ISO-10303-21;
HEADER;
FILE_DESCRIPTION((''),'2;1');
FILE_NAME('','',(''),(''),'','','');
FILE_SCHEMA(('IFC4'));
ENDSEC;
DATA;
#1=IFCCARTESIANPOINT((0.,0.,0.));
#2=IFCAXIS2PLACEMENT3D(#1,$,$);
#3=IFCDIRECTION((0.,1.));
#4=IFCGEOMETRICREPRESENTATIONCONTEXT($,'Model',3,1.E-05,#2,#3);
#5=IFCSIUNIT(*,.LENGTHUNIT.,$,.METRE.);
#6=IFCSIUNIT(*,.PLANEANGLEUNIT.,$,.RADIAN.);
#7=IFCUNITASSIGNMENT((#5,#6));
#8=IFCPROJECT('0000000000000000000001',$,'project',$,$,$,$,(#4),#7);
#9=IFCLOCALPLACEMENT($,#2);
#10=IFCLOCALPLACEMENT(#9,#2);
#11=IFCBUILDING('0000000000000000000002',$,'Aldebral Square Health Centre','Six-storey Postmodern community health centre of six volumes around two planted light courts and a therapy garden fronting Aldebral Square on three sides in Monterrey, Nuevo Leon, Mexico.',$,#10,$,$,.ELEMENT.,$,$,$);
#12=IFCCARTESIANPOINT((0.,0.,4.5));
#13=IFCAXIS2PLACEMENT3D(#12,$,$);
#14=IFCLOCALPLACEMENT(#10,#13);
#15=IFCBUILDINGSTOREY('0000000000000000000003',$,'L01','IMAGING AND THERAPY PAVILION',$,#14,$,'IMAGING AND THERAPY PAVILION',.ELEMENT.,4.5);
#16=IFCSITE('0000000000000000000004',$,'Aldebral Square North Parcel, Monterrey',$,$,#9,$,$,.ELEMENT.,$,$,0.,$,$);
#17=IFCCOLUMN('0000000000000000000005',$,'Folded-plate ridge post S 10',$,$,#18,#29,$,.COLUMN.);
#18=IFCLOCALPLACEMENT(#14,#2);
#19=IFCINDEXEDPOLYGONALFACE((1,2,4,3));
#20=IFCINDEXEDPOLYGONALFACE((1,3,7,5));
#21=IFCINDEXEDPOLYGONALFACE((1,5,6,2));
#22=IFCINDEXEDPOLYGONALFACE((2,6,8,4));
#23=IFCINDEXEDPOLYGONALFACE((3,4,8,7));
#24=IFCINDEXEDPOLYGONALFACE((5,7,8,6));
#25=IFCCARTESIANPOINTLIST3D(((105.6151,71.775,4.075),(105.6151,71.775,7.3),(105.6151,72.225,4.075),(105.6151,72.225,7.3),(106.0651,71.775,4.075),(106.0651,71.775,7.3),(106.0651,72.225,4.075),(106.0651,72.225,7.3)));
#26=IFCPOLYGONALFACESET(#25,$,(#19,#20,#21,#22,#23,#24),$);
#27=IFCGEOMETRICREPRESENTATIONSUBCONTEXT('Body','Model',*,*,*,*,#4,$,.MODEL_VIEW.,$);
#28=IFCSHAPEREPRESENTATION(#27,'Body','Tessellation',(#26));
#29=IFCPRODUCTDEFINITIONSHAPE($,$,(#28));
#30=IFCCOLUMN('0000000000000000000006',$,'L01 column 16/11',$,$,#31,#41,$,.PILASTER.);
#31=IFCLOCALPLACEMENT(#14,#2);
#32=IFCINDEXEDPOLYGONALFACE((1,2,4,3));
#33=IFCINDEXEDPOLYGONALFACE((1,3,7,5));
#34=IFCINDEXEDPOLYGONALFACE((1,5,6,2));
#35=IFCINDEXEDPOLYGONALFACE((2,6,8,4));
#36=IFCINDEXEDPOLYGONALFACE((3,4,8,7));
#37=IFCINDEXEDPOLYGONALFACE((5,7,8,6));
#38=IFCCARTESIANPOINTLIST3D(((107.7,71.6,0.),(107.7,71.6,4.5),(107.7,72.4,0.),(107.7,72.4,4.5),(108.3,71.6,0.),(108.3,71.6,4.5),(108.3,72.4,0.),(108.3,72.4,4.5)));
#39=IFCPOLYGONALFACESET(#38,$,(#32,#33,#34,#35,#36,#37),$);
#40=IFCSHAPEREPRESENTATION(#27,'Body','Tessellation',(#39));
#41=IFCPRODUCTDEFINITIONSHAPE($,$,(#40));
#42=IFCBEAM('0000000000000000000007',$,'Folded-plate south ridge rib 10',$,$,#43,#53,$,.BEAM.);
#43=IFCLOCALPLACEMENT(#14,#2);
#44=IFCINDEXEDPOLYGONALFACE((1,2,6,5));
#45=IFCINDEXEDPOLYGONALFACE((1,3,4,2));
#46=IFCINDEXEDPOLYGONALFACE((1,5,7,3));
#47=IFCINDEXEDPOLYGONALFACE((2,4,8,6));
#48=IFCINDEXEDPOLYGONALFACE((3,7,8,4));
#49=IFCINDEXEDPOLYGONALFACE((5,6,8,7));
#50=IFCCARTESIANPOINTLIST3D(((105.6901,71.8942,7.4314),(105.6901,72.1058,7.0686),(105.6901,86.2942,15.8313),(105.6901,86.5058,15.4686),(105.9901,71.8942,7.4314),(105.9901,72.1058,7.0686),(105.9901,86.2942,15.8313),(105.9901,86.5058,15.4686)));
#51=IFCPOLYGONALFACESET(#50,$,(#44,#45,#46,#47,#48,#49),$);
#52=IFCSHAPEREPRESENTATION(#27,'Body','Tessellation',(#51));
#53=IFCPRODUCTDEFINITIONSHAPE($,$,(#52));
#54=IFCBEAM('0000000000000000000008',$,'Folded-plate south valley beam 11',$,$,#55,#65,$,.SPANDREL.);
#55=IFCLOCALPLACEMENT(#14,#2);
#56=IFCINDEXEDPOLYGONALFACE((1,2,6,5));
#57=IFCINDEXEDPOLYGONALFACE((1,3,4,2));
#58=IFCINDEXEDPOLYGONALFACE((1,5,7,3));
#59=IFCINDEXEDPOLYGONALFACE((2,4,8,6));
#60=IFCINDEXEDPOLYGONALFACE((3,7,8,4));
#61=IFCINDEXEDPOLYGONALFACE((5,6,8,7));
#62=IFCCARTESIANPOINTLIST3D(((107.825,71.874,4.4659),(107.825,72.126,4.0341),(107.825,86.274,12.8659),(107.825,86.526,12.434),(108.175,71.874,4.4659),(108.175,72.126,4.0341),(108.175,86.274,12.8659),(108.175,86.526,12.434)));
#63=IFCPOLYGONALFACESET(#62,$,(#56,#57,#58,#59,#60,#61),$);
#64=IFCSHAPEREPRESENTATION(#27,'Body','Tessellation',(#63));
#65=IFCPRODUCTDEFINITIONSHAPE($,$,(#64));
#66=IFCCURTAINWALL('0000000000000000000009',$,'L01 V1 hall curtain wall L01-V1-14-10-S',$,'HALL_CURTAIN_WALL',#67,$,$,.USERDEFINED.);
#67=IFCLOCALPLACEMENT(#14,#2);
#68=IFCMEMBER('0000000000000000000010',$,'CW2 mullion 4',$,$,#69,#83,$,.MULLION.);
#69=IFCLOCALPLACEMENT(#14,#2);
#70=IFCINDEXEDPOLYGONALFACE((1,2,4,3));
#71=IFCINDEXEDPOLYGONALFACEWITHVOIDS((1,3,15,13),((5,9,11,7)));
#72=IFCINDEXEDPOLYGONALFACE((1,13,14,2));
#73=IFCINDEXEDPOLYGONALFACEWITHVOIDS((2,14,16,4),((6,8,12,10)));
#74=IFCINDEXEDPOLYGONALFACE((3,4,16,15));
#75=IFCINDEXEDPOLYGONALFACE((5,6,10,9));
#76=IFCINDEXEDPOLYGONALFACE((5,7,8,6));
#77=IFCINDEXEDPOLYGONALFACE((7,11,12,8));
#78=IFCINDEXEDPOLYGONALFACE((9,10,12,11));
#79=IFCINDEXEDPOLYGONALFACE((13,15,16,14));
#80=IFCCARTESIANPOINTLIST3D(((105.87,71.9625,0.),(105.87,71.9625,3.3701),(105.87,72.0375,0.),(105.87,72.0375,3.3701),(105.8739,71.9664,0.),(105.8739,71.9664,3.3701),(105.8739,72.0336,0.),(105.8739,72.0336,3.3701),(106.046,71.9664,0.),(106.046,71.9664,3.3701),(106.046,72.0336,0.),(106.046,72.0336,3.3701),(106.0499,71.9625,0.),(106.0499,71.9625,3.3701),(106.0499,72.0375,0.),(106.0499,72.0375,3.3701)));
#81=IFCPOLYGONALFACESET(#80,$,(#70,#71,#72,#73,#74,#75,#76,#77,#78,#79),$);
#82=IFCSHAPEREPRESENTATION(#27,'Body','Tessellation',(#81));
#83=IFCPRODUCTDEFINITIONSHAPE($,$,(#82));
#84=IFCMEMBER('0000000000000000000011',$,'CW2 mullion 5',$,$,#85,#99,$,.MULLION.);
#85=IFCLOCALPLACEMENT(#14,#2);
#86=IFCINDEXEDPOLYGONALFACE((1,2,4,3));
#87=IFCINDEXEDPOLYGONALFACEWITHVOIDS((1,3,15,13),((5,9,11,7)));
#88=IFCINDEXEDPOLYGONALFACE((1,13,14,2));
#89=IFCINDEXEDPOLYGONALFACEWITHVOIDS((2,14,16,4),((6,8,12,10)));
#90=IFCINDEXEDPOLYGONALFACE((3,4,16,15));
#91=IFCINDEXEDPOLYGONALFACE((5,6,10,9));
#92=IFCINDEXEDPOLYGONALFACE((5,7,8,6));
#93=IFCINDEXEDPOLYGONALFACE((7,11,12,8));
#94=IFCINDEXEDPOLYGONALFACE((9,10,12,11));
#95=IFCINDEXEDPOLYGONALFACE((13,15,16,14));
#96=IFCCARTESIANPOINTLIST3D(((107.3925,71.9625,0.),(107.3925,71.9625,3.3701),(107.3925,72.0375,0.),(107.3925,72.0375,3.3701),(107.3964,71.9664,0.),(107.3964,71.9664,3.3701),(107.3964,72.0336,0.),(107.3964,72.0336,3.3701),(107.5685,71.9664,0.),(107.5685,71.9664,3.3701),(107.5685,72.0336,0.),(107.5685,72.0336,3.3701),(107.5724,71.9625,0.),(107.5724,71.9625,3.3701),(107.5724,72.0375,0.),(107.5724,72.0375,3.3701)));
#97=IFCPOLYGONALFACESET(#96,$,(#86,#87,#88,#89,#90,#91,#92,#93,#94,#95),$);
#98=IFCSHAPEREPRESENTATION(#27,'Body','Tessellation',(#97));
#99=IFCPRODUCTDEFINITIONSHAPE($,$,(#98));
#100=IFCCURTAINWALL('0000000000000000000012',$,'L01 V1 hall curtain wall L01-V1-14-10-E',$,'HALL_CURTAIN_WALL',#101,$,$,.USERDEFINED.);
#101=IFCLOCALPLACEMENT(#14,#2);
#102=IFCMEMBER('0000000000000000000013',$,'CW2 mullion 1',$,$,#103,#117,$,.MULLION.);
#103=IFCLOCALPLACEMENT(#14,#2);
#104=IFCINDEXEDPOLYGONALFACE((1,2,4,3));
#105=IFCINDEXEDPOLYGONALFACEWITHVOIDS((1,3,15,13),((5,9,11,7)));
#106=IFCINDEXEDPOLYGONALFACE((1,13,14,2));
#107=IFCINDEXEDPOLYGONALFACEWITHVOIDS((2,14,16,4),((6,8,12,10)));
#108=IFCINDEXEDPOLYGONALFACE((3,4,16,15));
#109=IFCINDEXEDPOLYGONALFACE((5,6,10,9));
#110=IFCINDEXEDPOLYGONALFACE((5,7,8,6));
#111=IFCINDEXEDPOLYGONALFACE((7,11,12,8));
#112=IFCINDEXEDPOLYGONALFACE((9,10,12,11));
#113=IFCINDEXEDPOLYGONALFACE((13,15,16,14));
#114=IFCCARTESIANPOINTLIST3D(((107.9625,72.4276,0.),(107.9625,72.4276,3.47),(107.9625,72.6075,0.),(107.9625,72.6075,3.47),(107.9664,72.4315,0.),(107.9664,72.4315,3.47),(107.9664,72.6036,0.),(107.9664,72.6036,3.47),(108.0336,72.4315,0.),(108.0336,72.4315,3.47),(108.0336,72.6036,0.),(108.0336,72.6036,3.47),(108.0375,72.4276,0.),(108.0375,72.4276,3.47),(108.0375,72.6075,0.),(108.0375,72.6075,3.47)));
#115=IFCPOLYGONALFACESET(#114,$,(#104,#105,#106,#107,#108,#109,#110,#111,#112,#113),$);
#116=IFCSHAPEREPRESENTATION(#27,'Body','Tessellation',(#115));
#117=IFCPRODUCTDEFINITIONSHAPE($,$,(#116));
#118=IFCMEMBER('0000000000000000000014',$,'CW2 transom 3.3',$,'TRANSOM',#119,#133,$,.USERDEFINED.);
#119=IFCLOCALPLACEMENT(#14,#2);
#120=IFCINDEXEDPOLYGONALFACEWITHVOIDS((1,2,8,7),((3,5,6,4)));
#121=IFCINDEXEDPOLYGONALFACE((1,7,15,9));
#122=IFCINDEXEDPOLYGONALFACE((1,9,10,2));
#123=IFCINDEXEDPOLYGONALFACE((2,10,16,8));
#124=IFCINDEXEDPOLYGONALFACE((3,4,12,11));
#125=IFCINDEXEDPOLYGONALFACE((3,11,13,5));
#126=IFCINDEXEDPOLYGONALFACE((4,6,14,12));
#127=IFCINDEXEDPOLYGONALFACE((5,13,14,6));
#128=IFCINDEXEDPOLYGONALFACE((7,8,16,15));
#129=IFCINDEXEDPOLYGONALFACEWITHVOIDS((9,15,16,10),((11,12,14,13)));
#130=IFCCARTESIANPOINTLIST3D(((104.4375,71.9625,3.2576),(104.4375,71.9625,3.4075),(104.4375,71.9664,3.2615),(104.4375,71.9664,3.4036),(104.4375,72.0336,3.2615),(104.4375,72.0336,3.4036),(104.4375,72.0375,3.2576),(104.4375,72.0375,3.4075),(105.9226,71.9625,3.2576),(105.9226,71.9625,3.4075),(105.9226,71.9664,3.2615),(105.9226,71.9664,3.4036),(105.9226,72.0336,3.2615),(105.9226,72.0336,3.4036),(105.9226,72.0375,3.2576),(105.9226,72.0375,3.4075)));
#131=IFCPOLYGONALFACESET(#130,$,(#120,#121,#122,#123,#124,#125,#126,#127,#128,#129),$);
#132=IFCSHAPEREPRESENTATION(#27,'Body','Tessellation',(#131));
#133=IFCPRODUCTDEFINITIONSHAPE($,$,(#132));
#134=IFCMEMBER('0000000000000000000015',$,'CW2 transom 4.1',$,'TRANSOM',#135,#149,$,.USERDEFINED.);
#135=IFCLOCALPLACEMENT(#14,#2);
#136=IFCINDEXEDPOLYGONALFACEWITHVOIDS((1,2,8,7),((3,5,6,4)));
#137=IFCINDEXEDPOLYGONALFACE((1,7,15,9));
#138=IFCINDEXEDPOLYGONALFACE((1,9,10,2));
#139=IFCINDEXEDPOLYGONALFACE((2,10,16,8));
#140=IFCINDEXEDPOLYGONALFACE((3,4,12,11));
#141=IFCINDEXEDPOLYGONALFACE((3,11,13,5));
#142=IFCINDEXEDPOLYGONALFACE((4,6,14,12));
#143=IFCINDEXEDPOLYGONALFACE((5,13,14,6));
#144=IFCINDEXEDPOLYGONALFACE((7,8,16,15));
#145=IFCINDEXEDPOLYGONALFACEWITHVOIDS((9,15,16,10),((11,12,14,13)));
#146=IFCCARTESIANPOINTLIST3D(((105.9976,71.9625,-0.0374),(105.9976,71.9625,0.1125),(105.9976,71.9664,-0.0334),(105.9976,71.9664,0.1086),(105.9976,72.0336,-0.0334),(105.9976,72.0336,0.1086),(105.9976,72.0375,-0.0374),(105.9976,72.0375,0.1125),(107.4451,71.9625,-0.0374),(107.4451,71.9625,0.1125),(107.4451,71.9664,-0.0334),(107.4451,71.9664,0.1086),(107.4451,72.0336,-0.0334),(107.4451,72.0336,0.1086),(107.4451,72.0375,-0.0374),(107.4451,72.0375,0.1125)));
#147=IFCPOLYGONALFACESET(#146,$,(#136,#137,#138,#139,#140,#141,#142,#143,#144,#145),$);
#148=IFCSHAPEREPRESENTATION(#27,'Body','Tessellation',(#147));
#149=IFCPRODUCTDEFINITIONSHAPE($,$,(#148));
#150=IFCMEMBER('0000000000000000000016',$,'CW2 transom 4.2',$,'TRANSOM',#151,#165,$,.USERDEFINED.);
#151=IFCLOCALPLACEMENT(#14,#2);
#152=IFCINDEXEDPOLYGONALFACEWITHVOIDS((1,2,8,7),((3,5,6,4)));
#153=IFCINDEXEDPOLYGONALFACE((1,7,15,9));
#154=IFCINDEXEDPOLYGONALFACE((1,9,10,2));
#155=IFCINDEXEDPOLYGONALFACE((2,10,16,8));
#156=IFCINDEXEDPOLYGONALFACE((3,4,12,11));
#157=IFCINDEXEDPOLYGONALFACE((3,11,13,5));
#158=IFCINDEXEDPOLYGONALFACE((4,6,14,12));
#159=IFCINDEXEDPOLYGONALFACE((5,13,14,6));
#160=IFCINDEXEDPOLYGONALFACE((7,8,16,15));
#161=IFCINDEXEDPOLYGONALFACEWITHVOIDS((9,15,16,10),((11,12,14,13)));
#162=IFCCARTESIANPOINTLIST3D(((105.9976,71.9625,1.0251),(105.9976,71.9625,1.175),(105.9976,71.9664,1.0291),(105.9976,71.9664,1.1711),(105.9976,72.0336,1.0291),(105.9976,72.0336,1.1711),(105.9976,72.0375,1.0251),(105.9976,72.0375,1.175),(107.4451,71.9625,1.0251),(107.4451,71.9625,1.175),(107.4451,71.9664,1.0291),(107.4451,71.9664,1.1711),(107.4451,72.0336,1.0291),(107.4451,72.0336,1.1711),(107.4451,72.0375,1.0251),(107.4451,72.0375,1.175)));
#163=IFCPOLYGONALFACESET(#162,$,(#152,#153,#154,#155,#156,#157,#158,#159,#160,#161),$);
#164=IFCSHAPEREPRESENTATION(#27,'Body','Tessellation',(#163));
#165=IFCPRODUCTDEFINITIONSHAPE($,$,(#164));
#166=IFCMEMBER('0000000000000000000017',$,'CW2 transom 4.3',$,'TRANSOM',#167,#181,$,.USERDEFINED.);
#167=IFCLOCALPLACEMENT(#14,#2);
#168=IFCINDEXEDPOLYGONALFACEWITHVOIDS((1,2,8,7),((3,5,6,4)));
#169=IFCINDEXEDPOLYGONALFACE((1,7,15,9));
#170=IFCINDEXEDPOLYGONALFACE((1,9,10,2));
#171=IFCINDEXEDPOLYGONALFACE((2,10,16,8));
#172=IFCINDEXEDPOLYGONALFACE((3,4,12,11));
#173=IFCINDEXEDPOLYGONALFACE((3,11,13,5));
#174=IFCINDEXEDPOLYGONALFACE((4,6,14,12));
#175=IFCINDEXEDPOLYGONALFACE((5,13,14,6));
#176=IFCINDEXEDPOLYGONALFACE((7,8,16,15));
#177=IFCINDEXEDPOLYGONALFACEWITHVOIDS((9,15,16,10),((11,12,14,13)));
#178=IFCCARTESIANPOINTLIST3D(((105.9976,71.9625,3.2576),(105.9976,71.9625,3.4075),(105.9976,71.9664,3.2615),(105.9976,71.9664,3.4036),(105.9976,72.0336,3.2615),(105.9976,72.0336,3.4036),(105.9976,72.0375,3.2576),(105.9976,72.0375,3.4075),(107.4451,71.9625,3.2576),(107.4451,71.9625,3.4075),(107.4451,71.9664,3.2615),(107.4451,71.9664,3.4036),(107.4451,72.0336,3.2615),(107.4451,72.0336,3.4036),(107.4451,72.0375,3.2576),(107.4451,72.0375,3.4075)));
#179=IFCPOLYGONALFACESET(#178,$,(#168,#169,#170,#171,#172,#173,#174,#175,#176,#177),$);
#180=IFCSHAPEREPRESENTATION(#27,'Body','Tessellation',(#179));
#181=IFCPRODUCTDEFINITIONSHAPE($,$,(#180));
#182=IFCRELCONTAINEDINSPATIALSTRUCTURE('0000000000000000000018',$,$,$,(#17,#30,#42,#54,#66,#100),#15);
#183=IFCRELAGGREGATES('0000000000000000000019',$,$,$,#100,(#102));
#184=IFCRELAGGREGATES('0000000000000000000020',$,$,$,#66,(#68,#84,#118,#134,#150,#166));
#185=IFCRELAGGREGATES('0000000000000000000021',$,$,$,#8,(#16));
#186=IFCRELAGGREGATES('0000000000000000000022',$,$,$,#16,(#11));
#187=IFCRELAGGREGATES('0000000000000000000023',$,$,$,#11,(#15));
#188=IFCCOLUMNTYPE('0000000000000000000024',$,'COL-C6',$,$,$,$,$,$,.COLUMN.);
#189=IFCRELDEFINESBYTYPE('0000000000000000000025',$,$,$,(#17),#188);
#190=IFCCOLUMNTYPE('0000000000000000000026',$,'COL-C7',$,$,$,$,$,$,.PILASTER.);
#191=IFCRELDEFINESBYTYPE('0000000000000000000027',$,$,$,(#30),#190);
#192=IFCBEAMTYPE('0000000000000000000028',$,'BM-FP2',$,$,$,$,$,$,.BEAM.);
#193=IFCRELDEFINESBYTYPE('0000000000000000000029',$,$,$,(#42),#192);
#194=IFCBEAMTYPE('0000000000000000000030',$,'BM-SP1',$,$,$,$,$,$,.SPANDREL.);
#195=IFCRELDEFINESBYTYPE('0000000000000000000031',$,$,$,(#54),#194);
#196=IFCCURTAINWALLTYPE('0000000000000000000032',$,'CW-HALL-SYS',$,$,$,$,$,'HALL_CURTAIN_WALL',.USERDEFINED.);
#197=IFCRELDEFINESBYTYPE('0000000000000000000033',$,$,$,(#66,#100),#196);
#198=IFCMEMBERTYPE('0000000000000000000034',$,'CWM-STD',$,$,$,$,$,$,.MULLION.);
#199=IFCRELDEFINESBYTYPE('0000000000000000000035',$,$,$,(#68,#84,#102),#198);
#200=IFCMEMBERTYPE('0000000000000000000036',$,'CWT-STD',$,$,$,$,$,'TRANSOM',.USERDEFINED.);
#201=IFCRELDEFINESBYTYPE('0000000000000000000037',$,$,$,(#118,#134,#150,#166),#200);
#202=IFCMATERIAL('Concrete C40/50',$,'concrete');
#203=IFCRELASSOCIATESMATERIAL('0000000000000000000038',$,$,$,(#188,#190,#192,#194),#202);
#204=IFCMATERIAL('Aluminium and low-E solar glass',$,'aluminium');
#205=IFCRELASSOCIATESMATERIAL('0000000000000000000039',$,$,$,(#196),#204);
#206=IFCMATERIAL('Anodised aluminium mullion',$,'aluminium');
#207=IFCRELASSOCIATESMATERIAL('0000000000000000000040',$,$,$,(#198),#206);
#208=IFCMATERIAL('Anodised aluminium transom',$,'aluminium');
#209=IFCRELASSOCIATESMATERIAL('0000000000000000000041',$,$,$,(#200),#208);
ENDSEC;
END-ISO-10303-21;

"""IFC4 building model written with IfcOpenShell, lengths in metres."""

from ifc_helpers import new_model, si_unit, direction, frame, origin, origin_2d, place, context, subcontext, project, spatial, rectangle, hollow_rectangle, extrude, material, material_profile, profile_set, type_object, element, aggregate, save


model = new_model("IFC4")

# Units and contexts
model_context = context("Model", 3, precision=1e-05, world=origin(), true_north=direction((0.0, 1.0)))
body_context = subcontext(model_context, "Body", "Model", "MODEL_VIEW")
ifc_project = project(units=[si_unit("LENGTHUNIT", "METRE"), si_unit("PLANEANGLEUNIT", "RADIAN")], contexts=[model_context])

# Site, building, storey
site_placement = place(None, origin())
site = spatial("IfcSite", under=ifc_project, at=site_placement, Name="Aldebral Square North Parcel, Monterrey", CompositionType="ELEMENT", RefElevation=0.0)
building_placement = place(site_placement, origin())
building = spatial("IfcBuilding", under=site, at=building_placement, Name="Aldebral Square Health Centre", Description="Six-storey Postmodern community health centre of six volumes around two planted light courts and a therapy garden fronting Aldebral Square on three sides in Monterrey, Nuevo Leon, Mexico.", CompositionType="ELEMENT")
storey_placement = place(building_placement, frame((0.0, 0.0, 4.5)))
storey = spatial("IfcBuildingStorey", under=building, at=storey_placement, Name="L01", Description="IMAGING AND THERAPY PAVILION", LongName="IMAGING AND THERAPY PAVILION", CompositionType="ELEMENT", Elevation=4.5)

# Columns
ifc_material_1 = material(Name="Concrete C40/50", Category="concrete")
ifc_material_profile_1 = material_profile(ifc_material_1, rectangle(XDim=0.45, YDim=0.45, at=origin_2d()), Name="RC 450x450")
ifc_profile_set_1 = profile_set([ifc_material_profile_1], Name="Concrete C40/50")
column_type_1 = type_object("IfcColumnType", Name="COL-C6", PredefinedType="COLUMN", material=ifc_profile_set_1)
column_1_placement = place(storey_placement, frame((105.8401, 72.0, 4.075), z_axis=(0.0, 0.0, 1.0), x_axis=(1.0, 0.0, 0.0)))
element("IfcColumn", 1, at=column_1_placement, inside=storey, type_object=column_type_1, Name="Folded-plate ridge post S 10", PredefinedType="COLUMN", context=body_context, shape_type="SweptSolid", body=[
    extrude(rectangle(XDim=0.45, YDim=0.45, at=origin_2d()), origin(), (0.0, 0.0, 1.0), 3.2251),
])
ifc_material_profile_2 = material_profile(ifc_material_1, rectangle(XDim=0.6001, YDim=0.8, at=origin_2d()), Name="RC 600x800")
ifc_profile_set_2 = profile_set([ifc_material_profile_2], Name="Concrete C40/50")
column_type_2 = type_object("IfcColumnType", Name="COL-C7", PredefinedType="PILASTER", material=ifc_profile_set_2)
column_2_placement = place(storey_placement, frame((108.0, 72.0, 0.0), z_axis=(0.0, 0.0, 1.0), x_axis=(1.0, 0.0, 0.0)))
element("IfcColumn", 2, at=column_2_placement, inside=storey, type_object=column_type_2, Name="L01 column 16/11", PredefinedType="PILASTER", context=body_context, shape_type="SweptSolid", body=[
    extrude(rectangle(XDim=0.6001, YDim=0.8, at=origin_2d()), origin(), (0.0, 0.0, 1.0), 4.5),
])

# Beams
ifc_material_profile_3 = material_profile(ifc_material_1, rectangle(XDim=0.3, YDim=0.4199, at=origin_2d()), Name="RC 300x420")
ifc_profile_set_3 = profile_set([ifc_material_profile_3], Name="Concrete C40/50")
beam_type_1 = type_object("IfcBeamType", Name="BM-FP2", PredefinedType="BEAM", material=ifc_profile_set_3)
beam_1_placement = place(storey_placement, frame((105.8401, 72.0, 7.25), z_axis=(0.0, 0.86378, 0.503869), x_axis=(-1.0, 0.0, 0.0)))
element("IfcBeam", 3, at=beam_1_placement, inside=storey, type_object=beam_type_1, Name="Folded-plate south ridge rib 10", PredefinedType="BEAM", context=body_context, shape_type="SweptSolid", body=[
    extrude(rectangle(XDim=0.3, YDim=0.4199, at=origin_2d()), origin(), (0.0, 0.0, 1.0), 16.6709),
])
ifc_material_profile_4 = material_profile(ifc_material_1, rectangle(XDim=0.3501, YDim=0.5, at=origin_2d()), Name="RC 350x500")
ifc_profile_set_4 = profile_set([ifc_material_profile_4], Name="Concrete C40/50")
beam_type_2 = type_object("IfcBeamType", Name="BM-SP1", PredefinedType="SPANDREL", material=ifc_profile_set_4)
beam_2_placement = place(storey_placement, frame((108.0, 72.0, 4.25), z_axis=(0.0, 0.86378, 0.503869), x_axis=(-1.0, 0.0, 0.0)))
element("IfcBeam", 4, at=beam_2_placement, inside=storey, type_object=beam_type_2, Name="Folded-plate south valley beam 11", PredefinedType="SPANDREL", context=body_context, shape_type="SweptSolid", body=[
    extrude(rectangle(XDim=0.3501, YDim=0.5, at=origin_2d()), origin(), (0.0, 0.0, 1.0), 16.6709),
])

# Curtain wall, members
ifc_material_2 = material(Name="Aluminium and low-E solar glass", Category="aluminium")
curtain_wall_type = type_object("IfcCurtainWallType", Name="CW-HALL-SYS", ElementType="HALL_CURTAIN_WALL", PredefinedType="USERDEFINED", material=ifc_material_2)
curtain_wall_1_placement = place(storey_placement, origin())
curtain_wall_1 = element("IfcCurtainWall", 5, at=curtain_wall_1_placement, inside=storey, type_object=curtain_wall_type, Name="L01 V1 hall curtain wall L01-V1-14-10-S", ObjectType="HALL_CURTAIN_WALL", PredefinedType="USERDEFINED")
ifc_material_3 = material(Name="Anodised aluminium mullion", Category="aluminium")
ifc_material_profile_5 = material_profile(ifc_material_3, hollow_rectangle(XDim=0.075, YDim=0.1799, WallThickness=0.0039, at=origin_2d()), Name="CWM 75x180x4")
ifc_profile_set_5 = profile_set([ifc_material_profile_5], Name="Anodised aluminium mullion")
member_type_1 = type_object("IfcMemberType", Name="CWM-STD", PredefinedType="MULLION", material=ifc_profile_set_5)
member_1_placement = place(storey_placement, frame((105.96, 72.0, 0.0), z_axis=(0.0, 0.0, 1.0), x_axis=(0.0, 1.0, 0.0)))
member_1 = element("IfcMember", 6, at=member_1_placement, type_object=member_type_1, Name="CW2 mullion 4", PredefinedType="MULLION", context=body_context, shape_type="SweptSolid", body=[
    extrude(hollow_rectangle(XDim=0.075, YDim=0.1799, WallThickness=0.0039, at=origin_2d()), origin(), (0.0, 0.0, 1.0), 3.3701),
])
member_2_placement = place(storey_placement, frame((107.4824, 72.0, 0.0), z_axis=(0.0, 0.0, 1.0), x_axis=(0.0, 1.0, 0.0)))
member_2 = element("IfcMember", 7, at=member_2_placement, type_object=member_type_1, Name="CW2 mullion 5", PredefinedType="MULLION", context=body_context, shape_type="SweptSolid", body=[
    extrude(hollow_rectangle(XDim=0.075, YDim=0.1799, WallThickness=0.0039, at=origin_2d()), origin(), (0.0, 0.0, 1.0), 3.3701),
])

# Curtain wall, member
curtain_wall_2_placement = place(storey_placement, origin())
curtain_wall_2 = element("IfcCurtainWall", 8, at=curtain_wall_2_placement, inside=storey, type_object=curtain_wall_type, Name="L01 V1 hall curtain wall L01-V1-14-10-E", ObjectType="HALL_CURTAIN_WALL", PredefinedType="USERDEFINED")
member_3_placement = place(storey_placement, frame((108.0, 72.5176, 0.0), z_axis=(0.0, 0.0, 1.0), x_axis=(-1.0, 0.0, 0.0)))
member_3 = element("IfcMember", 9, at=member_3_placement, type_object=member_type_1, Name="CW2 mullion 1", PredefinedType="MULLION", context=body_context, shape_type="SweptSolid", body=[
    extrude(hollow_rectangle(XDim=0.075, YDim=0.1799, WallThickness=0.0039, at=origin_2d()), origin(), (0.0, 0.0, 1.0), 3.47),
])

# Members
ifc_material_4 = material(Name="Anodised aluminium transom", Category="aluminium")
ifc_material_profile_6 = material_profile(ifc_material_4, hollow_rectangle(XDim=0.075, YDim=0.1499, WallThickness=0.0039, at=origin_2d()), Name="CWT 75x150x4")
ifc_profile_set_6 = profile_set([ifc_material_profile_6], Name="Anodised aluminium transom")
member_type_2 = type_object("IfcMemberType", Name="CWT-STD", ElementType="TRANSOM", PredefinedType="USERDEFINED", material=ifc_profile_set_6)
member_4_placement = place(storey_placement, frame((104.4375, 72.0, 3.3325), z_axis=(1.0, 0.0, 0.0), x_axis=(0.0, 1.0, 0.0)))
member_4 = element("IfcMember", 10, at=member_4_placement, type_object=member_type_2, Name="CW2 transom 3.3", ObjectType="TRANSOM", PredefinedType="USERDEFINED", context=body_context, shape_type="SweptSolid", body=[
    extrude(hollow_rectangle(XDim=0.075, YDim=0.1499, WallThickness=0.0039, at=origin_2d()), origin(), (0.0, 0.0, 1.0), 1.4851),
])
member_5_placement = place(storey_placement, frame((105.9976, 72.0, 0.0376), z_axis=(1.0, 0.0, 0.0), x_axis=(0.0, 1.0, 0.0)))
member_5 = element("IfcMember", 11, at=member_5_placement, type_object=member_type_2, Name="CW2 transom 4.1", ObjectType="TRANSOM", PredefinedType="USERDEFINED", context=body_context, shape_type="SweptSolid", body=[
    extrude(hollow_rectangle(XDim=0.075, YDim=0.1499, WallThickness=0.0039, at=origin_2d()), origin(), (0.0, 0.0, 1.0), 1.4475),
])
member_6_placement = place(storey_placement, frame((105.9976, 72.0, 1.1001), z_axis=(1.0, 0.0, 0.0), x_axis=(0.0, 1.0, 0.0)))
member_6 = element("IfcMember", 12, at=member_6_placement, type_object=member_type_2, Name="CW2 transom 4.2", ObjectType="TRANSOM", PredefinedType="USERDEFINED", context=body_context, shape_type="SweptSolid", body=[
    extrude(hollow_rectangle(XDim=0.075, YDim=0.1499, WallThickness=0.0039, at=origin_2d()), origin(), (0.0, 0.0, 1.0), 1.4475),
])
member_7_placement = place(storey_placement, frame((105.9976, 72.0, 3.3325), z_axis=(1.0, 0.0, 0.0), x_axis=(0.0, 1.0, 0.0)))
member_7 = element("IfcMember", 13, at=member_7_placement, type_object=member_type_2, Name="CW2 transom 4.3", ObjectType="TRANSOM", PredefinedType="USERDEFINED", context=body_context, shape_type="SweptSolid", body=[
    extrude(hollow_rectangle(XDim=0.075, YDim=0.1499, WallThickness=0.0039, at=origin_2d()), origin(), (0.0, 0.0, 1.0), 1.4475),
])
aggregate(curtain_wall_2, [member_3])

aggregate(curtain_wall_1, [member_1, member_2, member_4, member_5, member_6, member_7])

save(model, "model.ifc")
